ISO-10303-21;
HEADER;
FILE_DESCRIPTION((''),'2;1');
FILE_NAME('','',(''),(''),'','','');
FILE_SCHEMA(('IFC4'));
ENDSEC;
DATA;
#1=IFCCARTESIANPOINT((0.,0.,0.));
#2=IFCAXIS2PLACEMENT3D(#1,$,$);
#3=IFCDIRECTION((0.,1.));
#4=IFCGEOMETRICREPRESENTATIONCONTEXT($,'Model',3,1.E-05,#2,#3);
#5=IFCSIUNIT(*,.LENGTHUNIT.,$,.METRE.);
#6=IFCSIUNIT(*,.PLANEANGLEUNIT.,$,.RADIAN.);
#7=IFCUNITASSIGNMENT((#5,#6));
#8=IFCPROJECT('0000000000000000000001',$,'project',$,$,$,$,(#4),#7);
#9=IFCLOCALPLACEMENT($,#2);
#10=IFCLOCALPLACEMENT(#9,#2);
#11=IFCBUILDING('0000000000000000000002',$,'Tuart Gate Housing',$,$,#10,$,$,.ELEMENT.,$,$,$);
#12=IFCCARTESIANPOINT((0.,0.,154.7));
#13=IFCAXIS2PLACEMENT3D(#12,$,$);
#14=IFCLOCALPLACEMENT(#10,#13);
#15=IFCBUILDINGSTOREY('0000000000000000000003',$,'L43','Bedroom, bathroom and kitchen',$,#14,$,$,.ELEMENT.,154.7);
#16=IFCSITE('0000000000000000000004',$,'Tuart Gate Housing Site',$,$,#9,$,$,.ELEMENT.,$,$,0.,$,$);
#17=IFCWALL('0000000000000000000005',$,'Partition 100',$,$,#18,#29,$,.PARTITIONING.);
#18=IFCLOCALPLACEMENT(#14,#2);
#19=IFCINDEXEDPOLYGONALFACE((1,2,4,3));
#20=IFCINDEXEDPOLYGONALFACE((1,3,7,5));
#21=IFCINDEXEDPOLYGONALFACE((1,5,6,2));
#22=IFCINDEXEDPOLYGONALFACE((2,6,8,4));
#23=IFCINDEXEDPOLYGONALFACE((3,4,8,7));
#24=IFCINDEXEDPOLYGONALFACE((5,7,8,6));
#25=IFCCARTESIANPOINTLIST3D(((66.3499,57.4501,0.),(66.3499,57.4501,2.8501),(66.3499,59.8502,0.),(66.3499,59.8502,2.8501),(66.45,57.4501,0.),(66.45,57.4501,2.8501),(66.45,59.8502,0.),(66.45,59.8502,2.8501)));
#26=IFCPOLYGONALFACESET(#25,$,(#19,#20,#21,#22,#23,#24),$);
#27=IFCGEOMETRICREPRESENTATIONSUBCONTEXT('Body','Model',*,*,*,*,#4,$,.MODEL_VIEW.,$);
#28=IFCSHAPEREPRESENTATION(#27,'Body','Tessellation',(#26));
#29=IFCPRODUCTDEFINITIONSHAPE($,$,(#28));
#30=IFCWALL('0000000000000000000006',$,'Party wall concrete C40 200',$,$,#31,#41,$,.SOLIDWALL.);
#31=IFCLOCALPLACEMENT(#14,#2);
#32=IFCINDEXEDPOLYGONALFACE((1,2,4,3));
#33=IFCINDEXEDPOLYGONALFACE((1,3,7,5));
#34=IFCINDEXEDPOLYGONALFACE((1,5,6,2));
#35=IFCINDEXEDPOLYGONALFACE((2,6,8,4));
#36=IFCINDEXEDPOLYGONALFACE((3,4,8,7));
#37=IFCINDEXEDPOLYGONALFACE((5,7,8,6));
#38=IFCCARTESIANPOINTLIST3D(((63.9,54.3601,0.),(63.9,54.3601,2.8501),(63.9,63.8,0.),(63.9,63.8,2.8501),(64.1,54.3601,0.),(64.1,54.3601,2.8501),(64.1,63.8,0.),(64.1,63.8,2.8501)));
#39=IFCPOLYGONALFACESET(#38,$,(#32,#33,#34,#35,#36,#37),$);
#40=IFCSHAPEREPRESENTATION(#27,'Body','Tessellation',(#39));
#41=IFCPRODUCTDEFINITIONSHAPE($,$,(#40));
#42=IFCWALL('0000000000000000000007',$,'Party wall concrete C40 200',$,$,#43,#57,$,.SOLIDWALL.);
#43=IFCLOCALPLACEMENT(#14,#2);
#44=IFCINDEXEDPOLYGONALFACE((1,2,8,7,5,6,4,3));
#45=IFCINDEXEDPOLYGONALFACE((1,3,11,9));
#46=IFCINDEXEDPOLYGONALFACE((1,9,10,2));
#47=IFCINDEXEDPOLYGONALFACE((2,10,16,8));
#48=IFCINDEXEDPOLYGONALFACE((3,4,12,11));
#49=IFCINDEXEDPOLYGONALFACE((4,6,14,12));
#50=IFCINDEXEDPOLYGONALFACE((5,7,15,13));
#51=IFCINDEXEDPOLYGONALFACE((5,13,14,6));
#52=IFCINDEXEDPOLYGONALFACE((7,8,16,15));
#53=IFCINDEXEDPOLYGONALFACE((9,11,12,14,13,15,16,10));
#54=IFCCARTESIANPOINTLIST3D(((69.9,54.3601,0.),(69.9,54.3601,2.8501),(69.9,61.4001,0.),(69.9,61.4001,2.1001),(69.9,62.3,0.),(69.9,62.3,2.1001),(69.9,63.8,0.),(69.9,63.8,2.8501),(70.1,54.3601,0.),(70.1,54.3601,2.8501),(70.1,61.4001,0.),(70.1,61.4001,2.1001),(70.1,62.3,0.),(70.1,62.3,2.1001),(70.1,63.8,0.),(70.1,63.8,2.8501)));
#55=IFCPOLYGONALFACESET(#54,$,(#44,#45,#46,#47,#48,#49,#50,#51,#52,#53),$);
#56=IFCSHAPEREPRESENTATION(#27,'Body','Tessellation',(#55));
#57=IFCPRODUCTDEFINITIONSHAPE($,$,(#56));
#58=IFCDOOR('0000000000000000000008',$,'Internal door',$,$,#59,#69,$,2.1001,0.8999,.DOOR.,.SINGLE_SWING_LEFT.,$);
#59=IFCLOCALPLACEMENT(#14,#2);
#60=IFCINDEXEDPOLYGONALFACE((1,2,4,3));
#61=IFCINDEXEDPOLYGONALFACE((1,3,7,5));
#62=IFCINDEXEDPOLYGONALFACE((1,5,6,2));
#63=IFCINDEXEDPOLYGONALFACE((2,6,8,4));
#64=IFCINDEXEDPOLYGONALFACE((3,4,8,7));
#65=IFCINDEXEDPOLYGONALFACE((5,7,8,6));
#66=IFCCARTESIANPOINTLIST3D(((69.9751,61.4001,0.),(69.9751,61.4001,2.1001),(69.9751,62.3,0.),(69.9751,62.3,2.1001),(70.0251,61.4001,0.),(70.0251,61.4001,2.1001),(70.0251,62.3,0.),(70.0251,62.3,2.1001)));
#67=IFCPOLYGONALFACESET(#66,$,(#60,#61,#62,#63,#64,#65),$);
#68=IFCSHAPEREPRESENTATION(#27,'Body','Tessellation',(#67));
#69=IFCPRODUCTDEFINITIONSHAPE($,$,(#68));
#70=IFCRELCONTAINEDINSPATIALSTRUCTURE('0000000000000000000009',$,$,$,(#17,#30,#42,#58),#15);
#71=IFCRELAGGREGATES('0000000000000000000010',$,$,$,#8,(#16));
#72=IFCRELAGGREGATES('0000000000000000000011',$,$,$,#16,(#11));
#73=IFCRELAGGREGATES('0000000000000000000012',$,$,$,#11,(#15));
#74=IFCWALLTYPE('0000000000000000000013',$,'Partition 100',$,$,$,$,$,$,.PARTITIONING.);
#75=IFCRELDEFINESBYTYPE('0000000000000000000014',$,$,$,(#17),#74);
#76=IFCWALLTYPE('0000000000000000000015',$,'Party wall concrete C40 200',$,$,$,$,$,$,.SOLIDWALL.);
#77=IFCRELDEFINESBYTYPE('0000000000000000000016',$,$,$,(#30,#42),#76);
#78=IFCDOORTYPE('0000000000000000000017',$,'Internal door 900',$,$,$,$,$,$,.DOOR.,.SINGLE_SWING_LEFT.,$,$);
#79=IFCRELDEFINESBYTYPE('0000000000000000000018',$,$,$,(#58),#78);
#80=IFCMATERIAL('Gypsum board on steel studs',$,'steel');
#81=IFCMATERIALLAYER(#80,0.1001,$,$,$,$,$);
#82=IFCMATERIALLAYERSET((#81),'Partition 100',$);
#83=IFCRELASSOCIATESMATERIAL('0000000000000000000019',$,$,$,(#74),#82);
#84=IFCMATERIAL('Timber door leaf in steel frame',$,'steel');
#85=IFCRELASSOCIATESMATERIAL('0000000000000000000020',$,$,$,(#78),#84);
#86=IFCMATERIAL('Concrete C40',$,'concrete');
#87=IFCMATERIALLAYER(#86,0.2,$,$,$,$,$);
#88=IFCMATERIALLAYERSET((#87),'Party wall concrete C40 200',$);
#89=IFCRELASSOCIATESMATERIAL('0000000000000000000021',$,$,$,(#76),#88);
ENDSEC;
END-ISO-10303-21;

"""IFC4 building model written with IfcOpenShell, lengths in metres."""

from ifc_helpers import new_model, si_unit, direction, frame, frame_2d, origin, place, context, subcontext, project, spatial, rectangle, extrude, material, layer, layer_set, type_object, element, fill, save


model = new_model("IFC4")

# Units and contexts
model_context = context("Model", 3, precision=1e-05, world=origin(), true_north=direction((0.0, 1.0)))
body_context = subcontext(model_context, "Body", "Model", "MODEL_VIEW")
ifc_project = project(units=[si_unit("LENGTHUNIT", "METRE"), si_unit("PLANEANGLEUNIT", "RADIAN")], contexts=[model_context])

# Site, building, storey
site_placement = place(None, origin())
site = spatial("IfcSite", under=ifc_project, at=site_placement, Name="Tuart Gate Housing Site", CompositionType="ELEMENT", RefElevation=0.0)
building_placement = place(site_placement, origin())
building = spatial("IfcBuilding", under=site, at=building_placement, Name="Tuart Gate Housing", CompositionType="ELEMENT")
storey_placement = place(building_placement, frame((0.0, 0.0, 154.7)))
storey = spatial("IfcBuildingStorey", under=building, at=storey_placement, Name="L43", Description="Bedroom, bathroom and kitchen", CompositionType="ELEMENT", Elevation=154.7)

# Shared definitions
ifc_material_1 = material(Name="Gypsum board on steel studs", Category="steel")
ifc_layer_1 = layer(ifc_material_1, 0.1001)
ifc_layer_set_1 = layer_set([ifc_layer_1], Name="Partition 100")
wall_type_1 = type_object("IfcWallType", Name="Partition 100", PredefinedType="PARTITIONING", material=ifc_layer_set_1)

# Shared definitions
ifc_material_2 = material(Name="Timber door leaf in steel frame", Category="steel")
door_type_1 = type_object("IfcDoorType", Name="Internal door 900", OperationType="SINGLE_SWING_LEFT", PredefinedType="DOOR", material=ifc_material_2)

# Walls
wall_1_placement = place(storey_placement, frame((66.3999, 57.45, 0.0), z_axis=(0.0, 0.0, 1.0), x_axis=(0.0, 1.0, 0.0)))
element("IfcWall", 1, at=wall_1_placement, inside=storey, type_object=wall_type_1, Name="Partition 100", PredefinedType="PARTITIONING", context=body_context, shape_type="SweptSolid", body=[
    extrude(rectangle(XDim=2.4001, YDim=0.1001, at=frame_2d((1.2002, 0.0))), origin(), (0.0, 0.0, 1.0), 2.8501),
])
ifc_material_3 = material(Name="Concrete C40", Category="concrete")
ifc_layer_2 = layer(ifc_material_3, 0.2)
ifc_layer_set_2 = layer_set([ifc_layer_2], Name="Party wall concrete C40 200")
wall_type_2 = type_object("IfcWallType", Name="Party wall concrete C40 200", PredefinedType="SOLIDWALL", material=ifc_layer_set_2)
wall_2_placement = place(storey_placement, frame((64.0, 54.3601, 0.0), z_axis=(0.0, 0.0, 1.0), x_axis=(0.0, 1.0, 0.0)))
element("IfcWall", 2, at=wall_2_placement, inside=storey, type_object=wall_type_2, Name="Party wall concrete C40 200", PredefinedType="SOLIDWALL", context=body_context, shape_type="SweptSolid", body=[
    extrude(rectangle(XDim=9.4399, YDim=0.2, at=frame_2d((4.72, 0.0))), origin(), (0.0, 0.0, 1.0), 2.8501),
])

# Wall, opening, door
wall_3_placement = place(storey_placement, frame((70.0, 54.3601, 0.0), z_axis=(0.0, 0.0, 1.0), x_axis=(0.0, 1.0, 0.0)))
wall_3 = element("IfcWall", 3, at=wall_3_placement, inside=storey, type_object=wall_type_2, Name="Party wall concrete C40 200", PredefinedType="SOLIDWALL", context=body_context, shape_type="SweptSolid", body=[
    extrude(rectangle(XDim=9.4399, YDim=0.2, at=frame_2d((4.72, 0.0))), origin(), (0.0, 0.0, 1.0), 2.8501),
])
opening_1_placement = place(wall_3_placement, frame((7.04, 0.0, 0.0)))
opening_1 = element("IfcOpeningElement", 4, at=opening_1_placement, cuts=wall_3, PredefinedType="OPENING", context=body_context, shape_type="SweptSolid", body=[
    extrude(rectangle(XDim=0.8999, YDim=2.1001, at=frame_2d((0.45, 1.05))), frame((0.0, 0.1099, 0.0), z_axis=(0.0, -1.0, 0.0), x_axis=(1.0, 0.0, 0.0)), (0.0, 0.0, 1.0), 0.22),
])
door_1_placement = place(opening_1_placement, origin())
door_1 = element("IfcDoor", 5, at=door_1_placement, inside=storey, type_object=door_type_1, Name="Internal door", OperationType="SINGLE_SWING_LEFT", OverallHeight=2.1001, OverallWidth=0.8999, PredefinedType="DOOR", context=body_context, shape_type="SweptSolid", body=[
    extrude(rectangle(XDim=0.8999, YDim=2.1001, at=frame_2d((0.45, 1.05))), frame((0.0, 0.0249, 0.0), z_axis=(0.0, -1.0, 0.0), x_axis=(1.0, 0.0, 0.0)), (0.0, 0.0, 1.0), 0.05),
])
fill(opening_1, door_1)

save(model, "model.ifc")
